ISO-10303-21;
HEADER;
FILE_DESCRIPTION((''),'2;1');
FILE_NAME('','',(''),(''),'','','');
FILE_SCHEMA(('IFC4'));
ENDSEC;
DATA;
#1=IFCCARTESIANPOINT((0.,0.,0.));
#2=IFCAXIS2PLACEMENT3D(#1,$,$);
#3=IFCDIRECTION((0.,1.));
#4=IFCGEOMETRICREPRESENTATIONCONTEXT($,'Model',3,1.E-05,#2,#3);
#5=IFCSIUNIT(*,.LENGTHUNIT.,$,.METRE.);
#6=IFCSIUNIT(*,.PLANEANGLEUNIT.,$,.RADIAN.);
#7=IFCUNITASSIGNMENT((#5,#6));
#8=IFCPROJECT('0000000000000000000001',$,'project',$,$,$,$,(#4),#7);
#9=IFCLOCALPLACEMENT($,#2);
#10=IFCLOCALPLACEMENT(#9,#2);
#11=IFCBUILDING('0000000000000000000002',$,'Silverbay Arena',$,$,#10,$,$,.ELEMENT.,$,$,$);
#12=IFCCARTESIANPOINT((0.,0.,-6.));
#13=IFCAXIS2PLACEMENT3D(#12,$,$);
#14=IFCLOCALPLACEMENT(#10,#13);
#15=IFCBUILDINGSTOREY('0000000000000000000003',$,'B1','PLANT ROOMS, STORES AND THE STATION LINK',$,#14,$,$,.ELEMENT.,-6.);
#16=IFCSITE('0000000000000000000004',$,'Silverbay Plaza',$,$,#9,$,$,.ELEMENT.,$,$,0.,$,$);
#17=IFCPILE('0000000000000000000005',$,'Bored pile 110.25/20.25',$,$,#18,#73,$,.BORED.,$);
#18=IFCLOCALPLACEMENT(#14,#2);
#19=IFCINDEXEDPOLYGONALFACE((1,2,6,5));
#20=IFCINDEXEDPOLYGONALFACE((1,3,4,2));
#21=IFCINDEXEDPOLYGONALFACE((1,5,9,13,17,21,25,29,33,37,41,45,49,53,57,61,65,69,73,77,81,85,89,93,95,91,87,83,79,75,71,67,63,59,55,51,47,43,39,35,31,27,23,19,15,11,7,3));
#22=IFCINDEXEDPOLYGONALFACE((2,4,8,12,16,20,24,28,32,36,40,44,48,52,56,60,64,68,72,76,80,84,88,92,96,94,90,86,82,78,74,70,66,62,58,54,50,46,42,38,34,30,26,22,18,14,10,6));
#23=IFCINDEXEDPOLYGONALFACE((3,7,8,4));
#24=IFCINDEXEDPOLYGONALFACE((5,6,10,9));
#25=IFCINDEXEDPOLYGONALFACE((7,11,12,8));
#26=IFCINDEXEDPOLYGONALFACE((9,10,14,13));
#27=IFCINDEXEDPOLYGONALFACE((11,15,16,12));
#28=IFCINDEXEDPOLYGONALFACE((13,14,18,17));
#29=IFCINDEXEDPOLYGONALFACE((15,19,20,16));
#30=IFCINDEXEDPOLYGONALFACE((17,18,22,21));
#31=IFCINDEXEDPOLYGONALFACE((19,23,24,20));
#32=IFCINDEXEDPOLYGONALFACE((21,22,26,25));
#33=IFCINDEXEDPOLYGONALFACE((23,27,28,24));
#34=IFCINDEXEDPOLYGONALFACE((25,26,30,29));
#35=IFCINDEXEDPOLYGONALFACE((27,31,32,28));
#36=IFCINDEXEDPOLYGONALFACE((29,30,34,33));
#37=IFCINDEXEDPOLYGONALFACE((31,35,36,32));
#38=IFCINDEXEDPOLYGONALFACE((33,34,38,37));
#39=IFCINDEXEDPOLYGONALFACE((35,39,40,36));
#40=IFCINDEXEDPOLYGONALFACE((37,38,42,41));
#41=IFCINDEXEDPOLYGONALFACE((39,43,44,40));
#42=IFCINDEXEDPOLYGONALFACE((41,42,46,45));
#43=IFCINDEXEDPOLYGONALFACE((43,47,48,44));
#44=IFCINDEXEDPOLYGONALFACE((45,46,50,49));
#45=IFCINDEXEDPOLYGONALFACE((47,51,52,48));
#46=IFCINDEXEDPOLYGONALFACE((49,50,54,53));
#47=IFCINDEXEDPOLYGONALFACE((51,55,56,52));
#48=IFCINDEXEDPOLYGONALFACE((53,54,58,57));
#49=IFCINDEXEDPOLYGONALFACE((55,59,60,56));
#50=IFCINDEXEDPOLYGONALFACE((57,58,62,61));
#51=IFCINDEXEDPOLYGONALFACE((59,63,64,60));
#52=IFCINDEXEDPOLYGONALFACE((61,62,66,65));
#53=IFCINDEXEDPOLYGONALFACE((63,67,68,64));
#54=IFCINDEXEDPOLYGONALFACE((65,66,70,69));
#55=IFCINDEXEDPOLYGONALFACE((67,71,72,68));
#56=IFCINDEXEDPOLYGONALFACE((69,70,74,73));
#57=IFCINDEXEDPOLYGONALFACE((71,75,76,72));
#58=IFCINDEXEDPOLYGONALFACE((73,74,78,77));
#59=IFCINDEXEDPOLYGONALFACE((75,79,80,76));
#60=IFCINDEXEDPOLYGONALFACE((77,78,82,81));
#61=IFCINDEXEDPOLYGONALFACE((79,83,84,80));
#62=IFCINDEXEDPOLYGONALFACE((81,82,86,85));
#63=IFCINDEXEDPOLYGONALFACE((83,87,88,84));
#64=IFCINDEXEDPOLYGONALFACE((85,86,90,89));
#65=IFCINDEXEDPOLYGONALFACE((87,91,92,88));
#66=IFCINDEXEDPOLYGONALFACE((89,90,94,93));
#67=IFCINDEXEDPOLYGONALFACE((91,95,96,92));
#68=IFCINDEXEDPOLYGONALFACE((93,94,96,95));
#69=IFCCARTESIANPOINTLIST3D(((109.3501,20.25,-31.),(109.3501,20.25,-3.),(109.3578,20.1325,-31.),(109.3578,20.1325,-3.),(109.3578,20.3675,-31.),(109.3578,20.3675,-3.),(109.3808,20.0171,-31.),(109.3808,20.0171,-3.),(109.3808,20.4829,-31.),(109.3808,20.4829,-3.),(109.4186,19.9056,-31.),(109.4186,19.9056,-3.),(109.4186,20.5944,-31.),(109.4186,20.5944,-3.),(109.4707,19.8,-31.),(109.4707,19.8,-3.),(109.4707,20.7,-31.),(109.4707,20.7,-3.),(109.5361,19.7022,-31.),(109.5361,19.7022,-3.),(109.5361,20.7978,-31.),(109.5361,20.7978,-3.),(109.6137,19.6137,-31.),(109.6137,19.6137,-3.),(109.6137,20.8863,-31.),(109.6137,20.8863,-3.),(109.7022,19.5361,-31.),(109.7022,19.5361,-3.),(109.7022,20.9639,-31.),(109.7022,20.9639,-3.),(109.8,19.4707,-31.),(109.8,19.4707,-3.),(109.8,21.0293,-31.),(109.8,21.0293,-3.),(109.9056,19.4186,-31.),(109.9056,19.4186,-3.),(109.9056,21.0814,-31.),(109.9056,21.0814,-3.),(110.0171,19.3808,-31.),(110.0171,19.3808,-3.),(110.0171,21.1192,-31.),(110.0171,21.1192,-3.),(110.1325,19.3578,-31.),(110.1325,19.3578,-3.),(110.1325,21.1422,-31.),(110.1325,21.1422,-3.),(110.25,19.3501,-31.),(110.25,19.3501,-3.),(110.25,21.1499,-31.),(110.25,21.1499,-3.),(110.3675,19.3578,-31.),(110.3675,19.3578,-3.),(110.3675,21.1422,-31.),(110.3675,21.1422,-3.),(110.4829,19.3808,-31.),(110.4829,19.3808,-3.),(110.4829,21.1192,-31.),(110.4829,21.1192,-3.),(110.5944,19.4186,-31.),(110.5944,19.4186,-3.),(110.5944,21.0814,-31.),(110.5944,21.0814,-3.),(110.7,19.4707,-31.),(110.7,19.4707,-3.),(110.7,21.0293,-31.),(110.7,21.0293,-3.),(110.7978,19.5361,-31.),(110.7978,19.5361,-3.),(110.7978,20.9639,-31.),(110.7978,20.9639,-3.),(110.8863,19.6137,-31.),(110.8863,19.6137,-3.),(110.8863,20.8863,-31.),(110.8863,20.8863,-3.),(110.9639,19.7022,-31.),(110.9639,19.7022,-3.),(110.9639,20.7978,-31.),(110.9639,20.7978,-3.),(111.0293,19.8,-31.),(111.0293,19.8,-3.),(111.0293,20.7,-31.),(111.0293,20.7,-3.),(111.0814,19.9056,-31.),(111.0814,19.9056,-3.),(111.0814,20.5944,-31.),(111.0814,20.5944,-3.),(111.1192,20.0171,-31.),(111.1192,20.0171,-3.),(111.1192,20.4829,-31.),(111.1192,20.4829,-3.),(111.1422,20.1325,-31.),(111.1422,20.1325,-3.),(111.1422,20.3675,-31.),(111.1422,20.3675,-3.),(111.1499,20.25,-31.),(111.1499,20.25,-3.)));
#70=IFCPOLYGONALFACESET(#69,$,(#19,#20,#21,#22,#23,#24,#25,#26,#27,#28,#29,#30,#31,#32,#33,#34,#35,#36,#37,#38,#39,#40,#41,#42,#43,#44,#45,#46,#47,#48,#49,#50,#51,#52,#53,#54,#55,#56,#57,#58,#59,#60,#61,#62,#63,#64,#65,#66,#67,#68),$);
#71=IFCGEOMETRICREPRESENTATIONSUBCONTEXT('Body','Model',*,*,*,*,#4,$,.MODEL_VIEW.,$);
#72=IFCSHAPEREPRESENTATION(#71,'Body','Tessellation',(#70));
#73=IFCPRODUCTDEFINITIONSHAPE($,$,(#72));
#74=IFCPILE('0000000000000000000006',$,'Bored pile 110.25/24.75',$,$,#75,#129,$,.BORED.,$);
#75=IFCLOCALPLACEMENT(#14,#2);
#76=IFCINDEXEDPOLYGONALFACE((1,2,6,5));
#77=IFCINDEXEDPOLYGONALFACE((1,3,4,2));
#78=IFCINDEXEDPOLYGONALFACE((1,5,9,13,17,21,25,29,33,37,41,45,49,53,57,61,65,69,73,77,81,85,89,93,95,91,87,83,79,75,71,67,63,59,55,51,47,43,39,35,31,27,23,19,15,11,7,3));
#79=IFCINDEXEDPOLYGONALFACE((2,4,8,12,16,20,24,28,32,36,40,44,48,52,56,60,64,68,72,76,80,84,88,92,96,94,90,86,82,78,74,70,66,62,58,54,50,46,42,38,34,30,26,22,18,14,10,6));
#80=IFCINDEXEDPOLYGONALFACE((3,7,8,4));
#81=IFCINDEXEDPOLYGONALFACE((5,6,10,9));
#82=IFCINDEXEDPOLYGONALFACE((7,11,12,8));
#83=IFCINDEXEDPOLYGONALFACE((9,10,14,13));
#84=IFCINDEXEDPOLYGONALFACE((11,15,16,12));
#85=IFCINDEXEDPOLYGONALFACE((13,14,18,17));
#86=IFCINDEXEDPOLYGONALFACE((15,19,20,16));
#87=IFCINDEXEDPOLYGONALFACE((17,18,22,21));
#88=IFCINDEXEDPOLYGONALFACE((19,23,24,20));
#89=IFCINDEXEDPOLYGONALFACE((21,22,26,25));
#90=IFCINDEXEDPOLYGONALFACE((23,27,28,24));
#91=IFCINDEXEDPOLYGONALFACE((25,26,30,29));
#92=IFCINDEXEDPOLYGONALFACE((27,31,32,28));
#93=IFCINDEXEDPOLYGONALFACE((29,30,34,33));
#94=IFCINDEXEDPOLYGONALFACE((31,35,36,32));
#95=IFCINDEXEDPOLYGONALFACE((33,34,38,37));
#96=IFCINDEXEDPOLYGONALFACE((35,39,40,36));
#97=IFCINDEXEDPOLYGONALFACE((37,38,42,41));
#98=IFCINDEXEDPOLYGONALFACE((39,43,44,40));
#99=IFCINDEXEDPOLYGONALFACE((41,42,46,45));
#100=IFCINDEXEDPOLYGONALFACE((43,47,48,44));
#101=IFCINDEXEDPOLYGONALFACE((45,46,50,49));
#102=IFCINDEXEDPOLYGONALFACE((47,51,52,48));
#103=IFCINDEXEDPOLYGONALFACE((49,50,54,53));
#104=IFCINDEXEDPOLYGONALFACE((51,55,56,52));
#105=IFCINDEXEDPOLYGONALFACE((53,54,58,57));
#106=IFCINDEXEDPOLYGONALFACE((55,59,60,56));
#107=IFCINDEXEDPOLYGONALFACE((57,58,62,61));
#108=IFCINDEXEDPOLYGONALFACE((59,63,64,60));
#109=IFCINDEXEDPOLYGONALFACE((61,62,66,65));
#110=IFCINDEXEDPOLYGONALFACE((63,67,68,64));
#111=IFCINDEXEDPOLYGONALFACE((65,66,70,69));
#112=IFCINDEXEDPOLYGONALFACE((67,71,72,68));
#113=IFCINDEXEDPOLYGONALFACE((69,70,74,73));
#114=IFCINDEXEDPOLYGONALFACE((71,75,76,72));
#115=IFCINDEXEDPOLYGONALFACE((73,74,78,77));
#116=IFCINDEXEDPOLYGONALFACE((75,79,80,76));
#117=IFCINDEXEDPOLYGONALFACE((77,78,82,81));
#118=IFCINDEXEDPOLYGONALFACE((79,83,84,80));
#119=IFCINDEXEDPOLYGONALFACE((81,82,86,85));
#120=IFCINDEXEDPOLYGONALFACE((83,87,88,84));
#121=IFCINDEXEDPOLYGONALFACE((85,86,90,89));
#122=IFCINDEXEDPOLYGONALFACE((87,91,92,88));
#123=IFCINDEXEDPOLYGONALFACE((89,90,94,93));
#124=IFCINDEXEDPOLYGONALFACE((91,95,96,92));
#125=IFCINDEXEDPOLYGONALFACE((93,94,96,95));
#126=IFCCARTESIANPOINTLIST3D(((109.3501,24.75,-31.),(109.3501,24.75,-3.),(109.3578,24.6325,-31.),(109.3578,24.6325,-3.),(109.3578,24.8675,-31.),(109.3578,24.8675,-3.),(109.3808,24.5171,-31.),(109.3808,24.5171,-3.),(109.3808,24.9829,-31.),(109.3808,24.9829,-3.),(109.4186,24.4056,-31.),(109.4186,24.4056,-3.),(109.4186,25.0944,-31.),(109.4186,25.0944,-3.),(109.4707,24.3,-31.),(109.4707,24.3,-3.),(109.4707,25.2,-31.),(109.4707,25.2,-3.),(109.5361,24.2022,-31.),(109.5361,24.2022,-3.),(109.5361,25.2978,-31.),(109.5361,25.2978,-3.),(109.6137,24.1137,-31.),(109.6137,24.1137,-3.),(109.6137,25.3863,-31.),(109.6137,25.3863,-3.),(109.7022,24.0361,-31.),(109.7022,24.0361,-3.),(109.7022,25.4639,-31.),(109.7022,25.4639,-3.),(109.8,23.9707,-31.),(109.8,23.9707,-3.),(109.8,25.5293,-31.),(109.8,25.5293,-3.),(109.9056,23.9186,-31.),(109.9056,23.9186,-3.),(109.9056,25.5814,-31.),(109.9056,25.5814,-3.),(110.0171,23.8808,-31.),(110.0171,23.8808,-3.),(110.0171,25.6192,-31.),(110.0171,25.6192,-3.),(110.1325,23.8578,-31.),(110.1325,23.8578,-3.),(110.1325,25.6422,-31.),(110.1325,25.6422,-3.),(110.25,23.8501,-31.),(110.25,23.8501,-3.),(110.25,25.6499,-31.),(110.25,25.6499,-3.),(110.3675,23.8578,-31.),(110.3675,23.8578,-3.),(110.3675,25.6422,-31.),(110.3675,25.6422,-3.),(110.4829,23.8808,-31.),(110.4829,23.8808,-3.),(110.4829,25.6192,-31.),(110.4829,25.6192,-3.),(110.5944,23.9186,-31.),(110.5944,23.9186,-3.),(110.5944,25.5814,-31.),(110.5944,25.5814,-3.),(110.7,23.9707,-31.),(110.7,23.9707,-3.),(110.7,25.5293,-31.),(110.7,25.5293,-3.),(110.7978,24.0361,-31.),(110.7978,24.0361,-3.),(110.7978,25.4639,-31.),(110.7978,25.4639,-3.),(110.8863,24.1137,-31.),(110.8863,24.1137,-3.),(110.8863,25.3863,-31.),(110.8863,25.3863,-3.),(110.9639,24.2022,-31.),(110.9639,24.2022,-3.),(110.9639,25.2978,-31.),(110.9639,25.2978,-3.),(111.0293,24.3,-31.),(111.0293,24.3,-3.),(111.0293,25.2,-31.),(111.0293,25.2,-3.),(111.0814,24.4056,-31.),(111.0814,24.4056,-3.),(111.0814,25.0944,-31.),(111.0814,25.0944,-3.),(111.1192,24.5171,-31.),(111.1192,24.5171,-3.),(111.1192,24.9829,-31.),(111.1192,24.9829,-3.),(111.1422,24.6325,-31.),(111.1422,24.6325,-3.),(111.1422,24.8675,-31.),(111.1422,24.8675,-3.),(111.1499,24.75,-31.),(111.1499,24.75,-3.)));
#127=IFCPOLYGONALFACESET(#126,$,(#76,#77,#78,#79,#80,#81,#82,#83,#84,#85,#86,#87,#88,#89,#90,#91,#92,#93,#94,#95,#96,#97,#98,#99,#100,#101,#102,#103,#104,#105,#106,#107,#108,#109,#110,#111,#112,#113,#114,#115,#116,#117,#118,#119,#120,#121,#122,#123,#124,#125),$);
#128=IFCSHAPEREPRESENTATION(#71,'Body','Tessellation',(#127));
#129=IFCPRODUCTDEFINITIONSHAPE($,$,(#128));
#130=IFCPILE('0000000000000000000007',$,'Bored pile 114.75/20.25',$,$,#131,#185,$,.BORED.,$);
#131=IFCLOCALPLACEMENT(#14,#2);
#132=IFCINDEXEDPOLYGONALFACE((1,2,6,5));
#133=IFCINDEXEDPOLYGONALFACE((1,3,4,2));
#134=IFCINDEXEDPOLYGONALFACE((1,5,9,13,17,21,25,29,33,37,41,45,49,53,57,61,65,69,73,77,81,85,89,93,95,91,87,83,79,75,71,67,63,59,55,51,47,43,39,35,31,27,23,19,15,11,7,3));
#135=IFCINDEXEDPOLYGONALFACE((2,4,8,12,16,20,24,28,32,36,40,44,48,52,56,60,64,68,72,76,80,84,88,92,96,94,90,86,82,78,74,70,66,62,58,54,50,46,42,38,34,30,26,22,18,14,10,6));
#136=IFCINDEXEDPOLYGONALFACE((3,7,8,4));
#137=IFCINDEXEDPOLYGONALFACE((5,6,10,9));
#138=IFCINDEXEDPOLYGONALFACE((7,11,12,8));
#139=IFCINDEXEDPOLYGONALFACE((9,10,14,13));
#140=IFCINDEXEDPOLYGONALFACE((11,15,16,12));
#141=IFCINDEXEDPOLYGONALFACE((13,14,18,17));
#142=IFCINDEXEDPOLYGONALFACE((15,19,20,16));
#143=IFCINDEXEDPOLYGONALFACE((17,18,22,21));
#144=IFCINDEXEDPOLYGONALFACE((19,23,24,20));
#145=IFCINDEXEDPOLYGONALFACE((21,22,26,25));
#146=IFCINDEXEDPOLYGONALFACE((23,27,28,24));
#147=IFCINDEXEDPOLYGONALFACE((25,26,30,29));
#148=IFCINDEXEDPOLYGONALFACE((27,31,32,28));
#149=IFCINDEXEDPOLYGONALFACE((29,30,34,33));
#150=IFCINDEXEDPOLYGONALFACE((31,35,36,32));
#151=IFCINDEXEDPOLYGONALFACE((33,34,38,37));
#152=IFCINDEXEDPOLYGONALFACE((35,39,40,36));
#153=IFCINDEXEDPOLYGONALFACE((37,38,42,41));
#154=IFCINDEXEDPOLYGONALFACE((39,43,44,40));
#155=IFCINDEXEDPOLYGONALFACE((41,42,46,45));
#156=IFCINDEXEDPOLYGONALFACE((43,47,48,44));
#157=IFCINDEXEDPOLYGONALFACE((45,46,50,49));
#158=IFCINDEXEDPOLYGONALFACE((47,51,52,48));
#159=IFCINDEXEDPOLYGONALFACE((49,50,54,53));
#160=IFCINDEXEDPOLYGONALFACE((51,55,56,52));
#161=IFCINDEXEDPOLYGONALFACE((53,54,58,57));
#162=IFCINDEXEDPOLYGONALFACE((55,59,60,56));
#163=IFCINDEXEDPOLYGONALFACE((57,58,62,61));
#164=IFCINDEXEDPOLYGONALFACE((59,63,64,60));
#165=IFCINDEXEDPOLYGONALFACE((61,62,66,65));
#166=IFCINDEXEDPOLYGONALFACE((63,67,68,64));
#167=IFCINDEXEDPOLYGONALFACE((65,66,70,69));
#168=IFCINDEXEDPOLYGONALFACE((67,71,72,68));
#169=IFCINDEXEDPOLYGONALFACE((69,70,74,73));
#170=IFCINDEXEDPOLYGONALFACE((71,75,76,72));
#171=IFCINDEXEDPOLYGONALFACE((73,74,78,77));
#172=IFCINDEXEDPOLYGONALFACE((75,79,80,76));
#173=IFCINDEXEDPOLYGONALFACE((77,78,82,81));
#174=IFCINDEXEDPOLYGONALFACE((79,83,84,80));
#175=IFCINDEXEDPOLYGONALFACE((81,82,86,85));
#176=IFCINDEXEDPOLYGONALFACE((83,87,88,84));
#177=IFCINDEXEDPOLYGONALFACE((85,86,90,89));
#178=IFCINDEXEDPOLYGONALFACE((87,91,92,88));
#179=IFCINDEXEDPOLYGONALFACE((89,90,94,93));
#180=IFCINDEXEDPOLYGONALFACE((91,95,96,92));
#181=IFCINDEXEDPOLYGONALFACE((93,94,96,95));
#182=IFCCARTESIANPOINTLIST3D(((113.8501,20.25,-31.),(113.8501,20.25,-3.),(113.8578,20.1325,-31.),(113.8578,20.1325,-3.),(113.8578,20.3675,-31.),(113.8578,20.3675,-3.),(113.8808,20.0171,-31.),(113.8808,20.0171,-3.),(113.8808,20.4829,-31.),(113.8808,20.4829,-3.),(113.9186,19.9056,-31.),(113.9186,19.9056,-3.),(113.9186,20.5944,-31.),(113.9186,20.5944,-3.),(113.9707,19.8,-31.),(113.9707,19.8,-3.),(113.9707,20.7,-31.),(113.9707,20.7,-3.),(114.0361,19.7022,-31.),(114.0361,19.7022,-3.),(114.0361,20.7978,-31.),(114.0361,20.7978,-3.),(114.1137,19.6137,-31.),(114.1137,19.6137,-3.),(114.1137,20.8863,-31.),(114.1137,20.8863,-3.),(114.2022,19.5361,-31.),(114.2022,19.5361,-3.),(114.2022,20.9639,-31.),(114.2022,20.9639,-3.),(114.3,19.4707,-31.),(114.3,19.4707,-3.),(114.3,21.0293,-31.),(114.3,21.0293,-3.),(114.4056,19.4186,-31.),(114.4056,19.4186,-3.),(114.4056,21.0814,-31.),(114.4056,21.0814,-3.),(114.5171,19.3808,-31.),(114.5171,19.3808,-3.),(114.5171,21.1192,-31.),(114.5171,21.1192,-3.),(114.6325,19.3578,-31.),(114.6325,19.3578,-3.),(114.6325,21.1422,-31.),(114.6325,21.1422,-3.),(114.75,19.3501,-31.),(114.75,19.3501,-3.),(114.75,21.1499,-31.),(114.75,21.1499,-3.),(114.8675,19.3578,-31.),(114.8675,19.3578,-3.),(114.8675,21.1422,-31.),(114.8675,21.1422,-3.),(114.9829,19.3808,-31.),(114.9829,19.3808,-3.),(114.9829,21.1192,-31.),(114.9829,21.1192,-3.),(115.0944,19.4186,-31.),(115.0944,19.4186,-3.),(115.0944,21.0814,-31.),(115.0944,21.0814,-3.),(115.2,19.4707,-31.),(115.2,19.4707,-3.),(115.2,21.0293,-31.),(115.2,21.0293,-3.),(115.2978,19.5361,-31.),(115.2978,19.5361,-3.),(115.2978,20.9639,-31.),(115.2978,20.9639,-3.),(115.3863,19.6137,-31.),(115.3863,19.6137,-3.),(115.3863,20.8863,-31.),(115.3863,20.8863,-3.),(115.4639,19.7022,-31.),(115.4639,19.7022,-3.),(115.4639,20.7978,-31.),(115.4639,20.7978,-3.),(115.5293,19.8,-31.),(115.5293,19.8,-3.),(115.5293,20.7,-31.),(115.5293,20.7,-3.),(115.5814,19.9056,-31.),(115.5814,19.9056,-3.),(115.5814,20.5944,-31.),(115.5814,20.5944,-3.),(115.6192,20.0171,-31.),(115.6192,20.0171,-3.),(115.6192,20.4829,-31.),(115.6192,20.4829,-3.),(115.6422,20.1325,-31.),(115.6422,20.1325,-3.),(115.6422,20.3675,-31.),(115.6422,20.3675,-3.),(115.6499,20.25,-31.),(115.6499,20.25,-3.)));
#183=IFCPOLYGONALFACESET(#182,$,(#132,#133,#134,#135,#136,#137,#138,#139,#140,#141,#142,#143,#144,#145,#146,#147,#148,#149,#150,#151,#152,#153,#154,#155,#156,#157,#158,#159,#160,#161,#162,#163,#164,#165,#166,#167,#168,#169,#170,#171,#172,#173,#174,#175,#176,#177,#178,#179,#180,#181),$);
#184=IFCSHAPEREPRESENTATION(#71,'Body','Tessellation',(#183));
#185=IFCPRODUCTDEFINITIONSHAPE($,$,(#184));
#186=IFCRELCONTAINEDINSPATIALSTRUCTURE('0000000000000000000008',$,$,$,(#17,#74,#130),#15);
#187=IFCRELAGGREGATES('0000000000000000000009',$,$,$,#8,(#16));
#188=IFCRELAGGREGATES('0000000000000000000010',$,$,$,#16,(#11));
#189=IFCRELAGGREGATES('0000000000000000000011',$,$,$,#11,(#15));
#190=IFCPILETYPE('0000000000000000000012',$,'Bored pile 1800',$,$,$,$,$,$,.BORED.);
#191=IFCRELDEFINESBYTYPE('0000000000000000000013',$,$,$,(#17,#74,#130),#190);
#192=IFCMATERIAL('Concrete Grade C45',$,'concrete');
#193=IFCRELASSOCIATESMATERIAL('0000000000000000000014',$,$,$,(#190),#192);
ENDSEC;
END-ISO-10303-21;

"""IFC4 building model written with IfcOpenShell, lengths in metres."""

from ifc_helpers import new_model, si_unit, direction, frame, origin, origin_2d, place, context, subcontext, project, spatial, circle, extrude, material, material_profile, profile_set, type_object, element, save


model = new_model("IFC4")

# Units and contexts
model_context = context("Model", 3, precision=1e-05, world=origin(), true_north=direction((0.0, 1.0)))
body_context = subcontext(model_context, "Body", "Model", "MODEL_VIEW")
ifc_project = project(units=[si_unit("LENGTHUNIT", "METRE"), si_unit("PLANEANGLEUNIT", "RADIAN")], contexts=[model_context])

# Site, building, storey
site_placement = place(None, origin())
site = spatial("IfcSite", under=ifc_project, at=site_placement, Name="Silverbay Plaza", CompositionType="ELEMENT", RefElevation=0.0)
building_placement = place(site_placement, origin())
building = spatial("IfcBuilding", under=site, at=building_placement, Name="Silverbay Arena", CompositionType="ELEMENT")
storey_placement = place(building_placement, frame((0.0, 0.0, -6.0)))
storey = spatial("IfcBuildingStorey", under=building, at=storey_placement, Name="B1", Description="PLANT ROOMS, STORES AND THE STATION LINK", CompositionType="ELEMENT", Elevation=-6.0)

# Piles
ifc_material_1 = material(Name="Concrete Grade C45", Category="concrete")
ifc_material_profile_1 = material_profile(ifc_material_1, circle(Radius=0.8999, at=origin_2d()), Name="Bored pile 1800")
ifc_profile_set_1 = profile_set([ifc_material_profile_1], Name="Concrete Grade C45")
pile_type_1 = type_object("IfcPileType", Name="Bored pile 1800", PredefinedType="BORED", material=ifc_profile_set_1)
for number, where, z_axis, x_axis, name in (
    (1, (110.25, 20.25, -3.0), (0.0, 0.0, -1.0), (1.0, 0.0, 0.0), "Bored pile 110.25/20.25"),
    (2, (110.25, 24.75, -3.0), (0.0, 0.0, -1.0), (1.0, 0.0, 0.0), "Bored pile 110.25/24.75"),
    (3, (114.75, 20.25, -3.0), (0.0, 0.0, -1.0), (1.0, 0.0, 0.0), "Bored pile 114.75/20.25"),
):
    element("IfcPile", number, at=place(storey_placement, frame(where, z_axis=z_axis, x_axis=x_axis)), inside=storey, type_object=pile_type_1, Name=name, PredefinedType="BORED", context=body_context, shape_type="SweptSolid", body=[
        extrude(circle(Radius=0.8999, at=origin_2d()), origin(), (0.0, 0.0, 1.0), 28.0),
    ])

save(model, "model.ifc")
